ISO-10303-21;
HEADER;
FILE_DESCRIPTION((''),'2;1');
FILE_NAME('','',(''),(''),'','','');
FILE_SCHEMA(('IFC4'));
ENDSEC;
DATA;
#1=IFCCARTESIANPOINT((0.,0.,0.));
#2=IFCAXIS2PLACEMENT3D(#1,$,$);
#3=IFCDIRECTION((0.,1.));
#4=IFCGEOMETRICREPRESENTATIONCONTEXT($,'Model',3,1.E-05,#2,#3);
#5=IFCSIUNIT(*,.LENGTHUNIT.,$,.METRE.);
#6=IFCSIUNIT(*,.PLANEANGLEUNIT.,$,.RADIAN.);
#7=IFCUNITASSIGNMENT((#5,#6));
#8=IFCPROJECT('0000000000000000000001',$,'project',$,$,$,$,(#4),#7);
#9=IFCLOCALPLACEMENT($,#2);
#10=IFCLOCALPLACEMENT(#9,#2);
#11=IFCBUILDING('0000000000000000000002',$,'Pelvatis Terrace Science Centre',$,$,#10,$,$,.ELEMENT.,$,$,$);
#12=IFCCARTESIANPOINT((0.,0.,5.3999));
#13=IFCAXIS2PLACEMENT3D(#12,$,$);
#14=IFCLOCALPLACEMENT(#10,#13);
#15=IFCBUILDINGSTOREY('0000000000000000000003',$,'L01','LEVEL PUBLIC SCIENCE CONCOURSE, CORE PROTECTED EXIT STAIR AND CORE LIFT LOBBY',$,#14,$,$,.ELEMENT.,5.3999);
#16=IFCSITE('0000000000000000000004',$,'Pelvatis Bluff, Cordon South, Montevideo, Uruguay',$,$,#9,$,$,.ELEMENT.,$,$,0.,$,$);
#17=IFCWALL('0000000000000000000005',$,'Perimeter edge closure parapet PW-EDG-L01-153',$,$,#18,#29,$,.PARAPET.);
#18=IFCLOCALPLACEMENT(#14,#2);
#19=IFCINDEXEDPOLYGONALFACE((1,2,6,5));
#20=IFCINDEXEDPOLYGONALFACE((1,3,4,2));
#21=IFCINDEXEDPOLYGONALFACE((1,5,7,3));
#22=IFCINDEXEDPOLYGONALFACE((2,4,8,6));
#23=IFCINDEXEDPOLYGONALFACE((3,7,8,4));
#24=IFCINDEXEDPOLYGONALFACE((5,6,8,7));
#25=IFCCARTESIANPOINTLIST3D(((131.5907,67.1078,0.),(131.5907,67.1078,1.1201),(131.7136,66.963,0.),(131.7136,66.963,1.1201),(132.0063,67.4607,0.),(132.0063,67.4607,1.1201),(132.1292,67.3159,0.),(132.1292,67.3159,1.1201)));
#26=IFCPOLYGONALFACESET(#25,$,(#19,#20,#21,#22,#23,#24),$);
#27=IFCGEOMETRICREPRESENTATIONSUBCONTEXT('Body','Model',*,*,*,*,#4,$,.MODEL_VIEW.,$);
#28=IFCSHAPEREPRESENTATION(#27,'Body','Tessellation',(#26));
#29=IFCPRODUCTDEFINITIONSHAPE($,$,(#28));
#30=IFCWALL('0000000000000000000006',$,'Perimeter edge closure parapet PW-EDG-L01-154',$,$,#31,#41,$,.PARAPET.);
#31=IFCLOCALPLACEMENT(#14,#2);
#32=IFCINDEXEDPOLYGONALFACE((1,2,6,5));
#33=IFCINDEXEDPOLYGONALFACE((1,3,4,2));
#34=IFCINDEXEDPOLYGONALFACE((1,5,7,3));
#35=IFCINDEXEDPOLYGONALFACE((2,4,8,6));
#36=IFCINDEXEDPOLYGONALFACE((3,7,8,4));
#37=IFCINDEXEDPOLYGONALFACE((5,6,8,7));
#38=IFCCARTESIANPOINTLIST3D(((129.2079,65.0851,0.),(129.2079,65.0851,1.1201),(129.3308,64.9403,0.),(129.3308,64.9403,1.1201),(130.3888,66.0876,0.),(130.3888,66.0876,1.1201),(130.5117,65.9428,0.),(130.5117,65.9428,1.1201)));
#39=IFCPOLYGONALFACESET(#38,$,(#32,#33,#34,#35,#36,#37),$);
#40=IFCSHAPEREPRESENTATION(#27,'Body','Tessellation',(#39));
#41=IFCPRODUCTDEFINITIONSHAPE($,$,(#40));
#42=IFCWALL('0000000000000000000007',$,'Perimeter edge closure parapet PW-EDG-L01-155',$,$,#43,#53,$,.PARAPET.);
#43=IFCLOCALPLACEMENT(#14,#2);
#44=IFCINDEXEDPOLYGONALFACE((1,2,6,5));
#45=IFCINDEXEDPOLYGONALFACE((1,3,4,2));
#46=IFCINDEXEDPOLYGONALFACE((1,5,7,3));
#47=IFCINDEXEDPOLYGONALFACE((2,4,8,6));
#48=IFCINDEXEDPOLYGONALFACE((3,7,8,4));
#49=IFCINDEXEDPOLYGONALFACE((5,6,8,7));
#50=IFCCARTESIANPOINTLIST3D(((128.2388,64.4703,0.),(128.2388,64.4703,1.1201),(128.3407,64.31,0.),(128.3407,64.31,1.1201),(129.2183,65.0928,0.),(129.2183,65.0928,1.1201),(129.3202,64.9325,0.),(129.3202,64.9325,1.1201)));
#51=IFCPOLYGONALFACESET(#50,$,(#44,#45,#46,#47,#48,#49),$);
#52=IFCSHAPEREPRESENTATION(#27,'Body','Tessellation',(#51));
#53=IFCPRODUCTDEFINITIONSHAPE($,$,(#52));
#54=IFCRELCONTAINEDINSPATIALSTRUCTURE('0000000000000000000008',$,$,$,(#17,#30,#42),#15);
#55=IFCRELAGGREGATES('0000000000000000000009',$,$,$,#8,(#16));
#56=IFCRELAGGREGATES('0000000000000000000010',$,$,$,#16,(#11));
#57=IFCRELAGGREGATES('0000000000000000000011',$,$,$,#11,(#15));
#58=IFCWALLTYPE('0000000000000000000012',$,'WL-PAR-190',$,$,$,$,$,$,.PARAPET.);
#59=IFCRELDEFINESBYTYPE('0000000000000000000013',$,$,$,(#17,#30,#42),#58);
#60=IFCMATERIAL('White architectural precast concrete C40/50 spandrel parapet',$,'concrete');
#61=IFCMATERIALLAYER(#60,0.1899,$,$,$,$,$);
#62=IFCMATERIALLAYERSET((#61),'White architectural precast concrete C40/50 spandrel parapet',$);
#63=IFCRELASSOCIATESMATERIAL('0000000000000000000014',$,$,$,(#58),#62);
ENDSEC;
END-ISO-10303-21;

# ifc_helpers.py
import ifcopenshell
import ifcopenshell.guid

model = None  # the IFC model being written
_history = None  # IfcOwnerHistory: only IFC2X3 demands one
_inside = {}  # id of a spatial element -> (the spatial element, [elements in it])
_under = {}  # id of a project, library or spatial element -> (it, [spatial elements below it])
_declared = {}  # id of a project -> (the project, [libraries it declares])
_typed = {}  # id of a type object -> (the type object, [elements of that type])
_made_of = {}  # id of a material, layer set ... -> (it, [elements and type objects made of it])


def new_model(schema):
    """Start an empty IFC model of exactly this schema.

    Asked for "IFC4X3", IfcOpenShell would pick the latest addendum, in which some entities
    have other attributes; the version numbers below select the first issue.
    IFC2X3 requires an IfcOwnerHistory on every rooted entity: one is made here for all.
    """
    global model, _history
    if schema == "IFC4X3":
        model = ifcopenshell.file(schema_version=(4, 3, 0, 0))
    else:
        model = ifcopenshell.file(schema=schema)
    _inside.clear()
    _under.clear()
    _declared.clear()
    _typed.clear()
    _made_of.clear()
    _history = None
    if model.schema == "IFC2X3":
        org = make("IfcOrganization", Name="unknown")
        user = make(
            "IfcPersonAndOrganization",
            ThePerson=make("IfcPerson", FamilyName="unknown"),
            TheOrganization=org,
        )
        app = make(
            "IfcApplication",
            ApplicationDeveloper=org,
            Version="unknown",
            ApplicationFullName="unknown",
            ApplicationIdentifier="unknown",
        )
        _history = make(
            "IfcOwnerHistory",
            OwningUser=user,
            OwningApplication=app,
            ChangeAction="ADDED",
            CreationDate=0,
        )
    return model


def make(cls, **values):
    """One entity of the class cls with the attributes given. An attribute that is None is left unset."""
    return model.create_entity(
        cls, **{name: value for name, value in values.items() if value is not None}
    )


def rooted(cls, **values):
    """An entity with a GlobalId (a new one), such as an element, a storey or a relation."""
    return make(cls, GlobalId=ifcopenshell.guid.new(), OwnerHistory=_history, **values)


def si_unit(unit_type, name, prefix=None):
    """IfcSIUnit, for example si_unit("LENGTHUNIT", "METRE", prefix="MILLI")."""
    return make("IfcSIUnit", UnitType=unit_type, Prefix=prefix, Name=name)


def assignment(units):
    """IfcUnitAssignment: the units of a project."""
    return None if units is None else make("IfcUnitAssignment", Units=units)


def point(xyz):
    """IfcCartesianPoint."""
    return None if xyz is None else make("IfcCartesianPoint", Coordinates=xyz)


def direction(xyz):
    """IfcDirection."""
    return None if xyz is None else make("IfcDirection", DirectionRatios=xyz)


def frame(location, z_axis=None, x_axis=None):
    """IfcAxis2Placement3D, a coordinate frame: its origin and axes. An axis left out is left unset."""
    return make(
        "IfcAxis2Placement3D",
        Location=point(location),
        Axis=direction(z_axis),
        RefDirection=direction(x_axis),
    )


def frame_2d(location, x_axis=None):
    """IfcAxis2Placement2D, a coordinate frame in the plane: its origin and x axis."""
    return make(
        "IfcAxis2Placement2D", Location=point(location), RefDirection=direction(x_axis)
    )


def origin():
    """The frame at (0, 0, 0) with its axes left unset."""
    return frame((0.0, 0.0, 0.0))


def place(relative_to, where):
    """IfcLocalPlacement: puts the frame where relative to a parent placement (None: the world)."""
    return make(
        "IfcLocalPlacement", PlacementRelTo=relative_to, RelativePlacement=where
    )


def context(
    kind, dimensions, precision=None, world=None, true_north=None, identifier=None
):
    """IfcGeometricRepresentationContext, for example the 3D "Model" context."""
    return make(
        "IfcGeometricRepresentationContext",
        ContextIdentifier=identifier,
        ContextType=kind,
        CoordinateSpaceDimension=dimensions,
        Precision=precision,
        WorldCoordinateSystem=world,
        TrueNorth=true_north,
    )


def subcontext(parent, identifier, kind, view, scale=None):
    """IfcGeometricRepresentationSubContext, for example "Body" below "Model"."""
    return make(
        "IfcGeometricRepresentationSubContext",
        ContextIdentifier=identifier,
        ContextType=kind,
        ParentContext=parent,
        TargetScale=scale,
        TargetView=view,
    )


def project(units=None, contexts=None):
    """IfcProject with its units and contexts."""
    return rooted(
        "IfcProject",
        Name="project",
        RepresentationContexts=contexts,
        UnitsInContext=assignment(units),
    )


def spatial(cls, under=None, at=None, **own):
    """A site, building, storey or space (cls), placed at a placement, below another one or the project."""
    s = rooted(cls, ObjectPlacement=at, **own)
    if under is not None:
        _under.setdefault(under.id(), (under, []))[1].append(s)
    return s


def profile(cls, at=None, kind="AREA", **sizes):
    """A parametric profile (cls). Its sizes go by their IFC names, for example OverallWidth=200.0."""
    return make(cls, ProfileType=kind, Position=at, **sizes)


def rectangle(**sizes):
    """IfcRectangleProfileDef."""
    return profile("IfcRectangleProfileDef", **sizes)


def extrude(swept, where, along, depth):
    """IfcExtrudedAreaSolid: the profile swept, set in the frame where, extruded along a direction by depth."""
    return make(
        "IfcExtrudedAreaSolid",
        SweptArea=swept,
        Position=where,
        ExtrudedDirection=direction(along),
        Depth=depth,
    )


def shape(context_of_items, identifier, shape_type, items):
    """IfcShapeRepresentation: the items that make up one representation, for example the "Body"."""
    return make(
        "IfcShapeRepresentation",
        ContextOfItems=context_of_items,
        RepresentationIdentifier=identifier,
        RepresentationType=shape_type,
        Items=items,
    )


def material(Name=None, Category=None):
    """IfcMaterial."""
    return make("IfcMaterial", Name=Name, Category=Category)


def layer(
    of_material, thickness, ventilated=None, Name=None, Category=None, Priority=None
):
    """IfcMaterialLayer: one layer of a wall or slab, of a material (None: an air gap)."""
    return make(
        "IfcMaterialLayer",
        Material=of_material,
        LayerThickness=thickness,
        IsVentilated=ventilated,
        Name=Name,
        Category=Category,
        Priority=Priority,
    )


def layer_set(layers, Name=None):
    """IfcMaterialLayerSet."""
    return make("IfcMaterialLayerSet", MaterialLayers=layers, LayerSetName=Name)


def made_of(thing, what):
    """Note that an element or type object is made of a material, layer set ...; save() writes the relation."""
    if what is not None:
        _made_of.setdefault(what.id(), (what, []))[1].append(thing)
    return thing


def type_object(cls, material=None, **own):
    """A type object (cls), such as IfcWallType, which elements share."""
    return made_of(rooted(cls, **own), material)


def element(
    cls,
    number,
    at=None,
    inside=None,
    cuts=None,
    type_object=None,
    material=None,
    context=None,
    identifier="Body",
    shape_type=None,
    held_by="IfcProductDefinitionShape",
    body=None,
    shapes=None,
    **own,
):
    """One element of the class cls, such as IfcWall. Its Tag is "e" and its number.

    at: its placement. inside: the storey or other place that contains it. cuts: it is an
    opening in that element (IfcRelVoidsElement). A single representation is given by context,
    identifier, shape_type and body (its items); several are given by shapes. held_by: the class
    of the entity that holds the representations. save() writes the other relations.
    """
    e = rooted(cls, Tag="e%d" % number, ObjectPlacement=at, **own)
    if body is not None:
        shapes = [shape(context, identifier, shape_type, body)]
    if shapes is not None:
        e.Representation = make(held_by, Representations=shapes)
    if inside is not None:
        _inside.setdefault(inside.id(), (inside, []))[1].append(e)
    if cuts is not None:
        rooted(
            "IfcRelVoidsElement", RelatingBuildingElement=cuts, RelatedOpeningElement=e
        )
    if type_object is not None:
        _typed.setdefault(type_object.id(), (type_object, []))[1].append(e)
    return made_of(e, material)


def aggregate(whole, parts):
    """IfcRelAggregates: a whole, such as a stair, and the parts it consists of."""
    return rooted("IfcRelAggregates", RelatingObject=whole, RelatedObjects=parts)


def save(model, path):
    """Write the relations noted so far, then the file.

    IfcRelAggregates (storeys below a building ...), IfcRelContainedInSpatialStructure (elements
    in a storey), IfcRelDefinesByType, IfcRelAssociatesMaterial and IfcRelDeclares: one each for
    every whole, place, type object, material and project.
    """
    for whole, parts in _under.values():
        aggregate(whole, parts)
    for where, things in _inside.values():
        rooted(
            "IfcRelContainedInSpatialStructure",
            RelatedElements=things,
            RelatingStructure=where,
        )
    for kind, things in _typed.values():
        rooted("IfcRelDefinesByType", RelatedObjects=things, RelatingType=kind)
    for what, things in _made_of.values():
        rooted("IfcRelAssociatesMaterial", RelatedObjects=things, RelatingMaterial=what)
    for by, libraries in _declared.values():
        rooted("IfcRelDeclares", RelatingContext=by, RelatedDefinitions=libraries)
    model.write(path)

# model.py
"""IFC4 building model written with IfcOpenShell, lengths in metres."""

from ifc_helpers import new_model, si_unit, direction, frame, frame_2d, origin, place, context, subcontext, project, spatial, rectangle, extrude, material, layer, layer_set, type_object, element, save


model = new_model("IFC4")

# Units and contexts
model_context = context("Model", 3, precision=1e-05, world=origin(), true_north=direction((0.0, 1.0)))
body_context = subcontext(model_context, "Body", "Model", "MODEL_VIEW")
ifc_project = project(units=[si_unit("LENGTHUNIT", "METRE"), si_unit("PLANEANGLEUNIT", "RADIAN")], contexts=[model_context])

# Site, building, storey
site_placement = place(None, origin())
site = spatial("IfcSite", under=ifc_project, at=site_placement, Name="Pelvatis Bluff, Cordon South, Montevideo, Uruguay", CompositionType="ELEMENT", RefElevation=0.0)
building_placement = place(site_placement, origin())
building = spatial("IfcBuilding", under=site, at=building_placement, Name="Pelvatis Terrace Science Centre", CompositionType="ELEMENT")
storey_placement = place(building_placement, frame((0.0, 0.0, 5.3999)))
storey = spatial("IfcBuildingStorey", under=building, at=storey_placement, Name="L01", Description="LEVEL PUBLIC SCIENCE CONCOURSE, CORE PROTECTED EXIT STAIR AND CORE LIFT LOBBY", CompositionType="ELEMENT", Elevation=5.3999)

# Walls
ifc_material_1 = material(Name="White architectural precast concrete C40/50 spandrel parapet", Category="concrete")
ifc_layer_1 = layer(ifc_material_1, 0.1899)
ifc_layer_set_1 = layer_set([ifc_layer_1], Name="White architectural precast concrete C40/50 spandrel parapet")
wall_type_1 = type_object("IfcWallType", Name="WL-PAR-190", PredefinedType="PARAPET", material=ifc_layer_set_1)
wall_1_placement = place(storey_placement, frame((132.0676, 67.3882, 0.0), z_axis=(0.0, 0.0, 1.0), x_axis=(-0.762315, -0.647206, 0.0)))
element("IfcWall", 1, at=wall_1_placement, inside=storey, type_object=wall_type_1, Name="Perimeter edge closure parapet PW-EDG-L01-153", PredefinedType="PARAPET", context=body_context, shape_type="SweptSolid", body=[
    extrude(rectangle(XDim=0.5452, YDim=0.1899, at=frame_2d((0.2725, 0.0))), origin(), (0.0, 0.0, 1.0), 1.1201),
])
wall_2_placement = place(storey_placement, frame((130.4502, 66.0151, 0.0), z_axis=(0.0, 0.0, 1.0), x_axis=(-0.762363, -0.64715, 0.0)))
element("IfcWall", 2, at=wall_2_placement, inside=storey, type_object=wall_type_1, Name="Perimeter edge closure parapet PW-EDG-L01-154", PredefinedType="PARAPET", context=body_context, shape_type="SweptSolid", body=[
    extrude(rectangle(XDim=1.5491, YDim=0.1899, at=frame_2d((0.7744, 0.0))), origin(), (0.0, 0.0, 1.0), 1.1201),
])
wall_3_placement = place(storey_placement, frame((129.2693, 65.0127, 0.0), z_axis=(0.0, 0.0, 1.0), x_axis=(-0.843956, -0.536413, 0.0)))
element("IfcWall", 3, at=wall_3_placement, inside=storey, type_object=wall_type_1, Name="Perimeter edge closure parapet PW-EDG-L01-155", PredefinedType="PARAPET", context=body_context, shape_type="SweptSolid", body=[
    extrude(rectangle(XDim=1.1606, YDim=0.1899, at=frame_2d((0.5803, 0.0))), origin(), (0.0, 0.0, 1.0), 1.1201),
])

save(model, "model.ifc")
